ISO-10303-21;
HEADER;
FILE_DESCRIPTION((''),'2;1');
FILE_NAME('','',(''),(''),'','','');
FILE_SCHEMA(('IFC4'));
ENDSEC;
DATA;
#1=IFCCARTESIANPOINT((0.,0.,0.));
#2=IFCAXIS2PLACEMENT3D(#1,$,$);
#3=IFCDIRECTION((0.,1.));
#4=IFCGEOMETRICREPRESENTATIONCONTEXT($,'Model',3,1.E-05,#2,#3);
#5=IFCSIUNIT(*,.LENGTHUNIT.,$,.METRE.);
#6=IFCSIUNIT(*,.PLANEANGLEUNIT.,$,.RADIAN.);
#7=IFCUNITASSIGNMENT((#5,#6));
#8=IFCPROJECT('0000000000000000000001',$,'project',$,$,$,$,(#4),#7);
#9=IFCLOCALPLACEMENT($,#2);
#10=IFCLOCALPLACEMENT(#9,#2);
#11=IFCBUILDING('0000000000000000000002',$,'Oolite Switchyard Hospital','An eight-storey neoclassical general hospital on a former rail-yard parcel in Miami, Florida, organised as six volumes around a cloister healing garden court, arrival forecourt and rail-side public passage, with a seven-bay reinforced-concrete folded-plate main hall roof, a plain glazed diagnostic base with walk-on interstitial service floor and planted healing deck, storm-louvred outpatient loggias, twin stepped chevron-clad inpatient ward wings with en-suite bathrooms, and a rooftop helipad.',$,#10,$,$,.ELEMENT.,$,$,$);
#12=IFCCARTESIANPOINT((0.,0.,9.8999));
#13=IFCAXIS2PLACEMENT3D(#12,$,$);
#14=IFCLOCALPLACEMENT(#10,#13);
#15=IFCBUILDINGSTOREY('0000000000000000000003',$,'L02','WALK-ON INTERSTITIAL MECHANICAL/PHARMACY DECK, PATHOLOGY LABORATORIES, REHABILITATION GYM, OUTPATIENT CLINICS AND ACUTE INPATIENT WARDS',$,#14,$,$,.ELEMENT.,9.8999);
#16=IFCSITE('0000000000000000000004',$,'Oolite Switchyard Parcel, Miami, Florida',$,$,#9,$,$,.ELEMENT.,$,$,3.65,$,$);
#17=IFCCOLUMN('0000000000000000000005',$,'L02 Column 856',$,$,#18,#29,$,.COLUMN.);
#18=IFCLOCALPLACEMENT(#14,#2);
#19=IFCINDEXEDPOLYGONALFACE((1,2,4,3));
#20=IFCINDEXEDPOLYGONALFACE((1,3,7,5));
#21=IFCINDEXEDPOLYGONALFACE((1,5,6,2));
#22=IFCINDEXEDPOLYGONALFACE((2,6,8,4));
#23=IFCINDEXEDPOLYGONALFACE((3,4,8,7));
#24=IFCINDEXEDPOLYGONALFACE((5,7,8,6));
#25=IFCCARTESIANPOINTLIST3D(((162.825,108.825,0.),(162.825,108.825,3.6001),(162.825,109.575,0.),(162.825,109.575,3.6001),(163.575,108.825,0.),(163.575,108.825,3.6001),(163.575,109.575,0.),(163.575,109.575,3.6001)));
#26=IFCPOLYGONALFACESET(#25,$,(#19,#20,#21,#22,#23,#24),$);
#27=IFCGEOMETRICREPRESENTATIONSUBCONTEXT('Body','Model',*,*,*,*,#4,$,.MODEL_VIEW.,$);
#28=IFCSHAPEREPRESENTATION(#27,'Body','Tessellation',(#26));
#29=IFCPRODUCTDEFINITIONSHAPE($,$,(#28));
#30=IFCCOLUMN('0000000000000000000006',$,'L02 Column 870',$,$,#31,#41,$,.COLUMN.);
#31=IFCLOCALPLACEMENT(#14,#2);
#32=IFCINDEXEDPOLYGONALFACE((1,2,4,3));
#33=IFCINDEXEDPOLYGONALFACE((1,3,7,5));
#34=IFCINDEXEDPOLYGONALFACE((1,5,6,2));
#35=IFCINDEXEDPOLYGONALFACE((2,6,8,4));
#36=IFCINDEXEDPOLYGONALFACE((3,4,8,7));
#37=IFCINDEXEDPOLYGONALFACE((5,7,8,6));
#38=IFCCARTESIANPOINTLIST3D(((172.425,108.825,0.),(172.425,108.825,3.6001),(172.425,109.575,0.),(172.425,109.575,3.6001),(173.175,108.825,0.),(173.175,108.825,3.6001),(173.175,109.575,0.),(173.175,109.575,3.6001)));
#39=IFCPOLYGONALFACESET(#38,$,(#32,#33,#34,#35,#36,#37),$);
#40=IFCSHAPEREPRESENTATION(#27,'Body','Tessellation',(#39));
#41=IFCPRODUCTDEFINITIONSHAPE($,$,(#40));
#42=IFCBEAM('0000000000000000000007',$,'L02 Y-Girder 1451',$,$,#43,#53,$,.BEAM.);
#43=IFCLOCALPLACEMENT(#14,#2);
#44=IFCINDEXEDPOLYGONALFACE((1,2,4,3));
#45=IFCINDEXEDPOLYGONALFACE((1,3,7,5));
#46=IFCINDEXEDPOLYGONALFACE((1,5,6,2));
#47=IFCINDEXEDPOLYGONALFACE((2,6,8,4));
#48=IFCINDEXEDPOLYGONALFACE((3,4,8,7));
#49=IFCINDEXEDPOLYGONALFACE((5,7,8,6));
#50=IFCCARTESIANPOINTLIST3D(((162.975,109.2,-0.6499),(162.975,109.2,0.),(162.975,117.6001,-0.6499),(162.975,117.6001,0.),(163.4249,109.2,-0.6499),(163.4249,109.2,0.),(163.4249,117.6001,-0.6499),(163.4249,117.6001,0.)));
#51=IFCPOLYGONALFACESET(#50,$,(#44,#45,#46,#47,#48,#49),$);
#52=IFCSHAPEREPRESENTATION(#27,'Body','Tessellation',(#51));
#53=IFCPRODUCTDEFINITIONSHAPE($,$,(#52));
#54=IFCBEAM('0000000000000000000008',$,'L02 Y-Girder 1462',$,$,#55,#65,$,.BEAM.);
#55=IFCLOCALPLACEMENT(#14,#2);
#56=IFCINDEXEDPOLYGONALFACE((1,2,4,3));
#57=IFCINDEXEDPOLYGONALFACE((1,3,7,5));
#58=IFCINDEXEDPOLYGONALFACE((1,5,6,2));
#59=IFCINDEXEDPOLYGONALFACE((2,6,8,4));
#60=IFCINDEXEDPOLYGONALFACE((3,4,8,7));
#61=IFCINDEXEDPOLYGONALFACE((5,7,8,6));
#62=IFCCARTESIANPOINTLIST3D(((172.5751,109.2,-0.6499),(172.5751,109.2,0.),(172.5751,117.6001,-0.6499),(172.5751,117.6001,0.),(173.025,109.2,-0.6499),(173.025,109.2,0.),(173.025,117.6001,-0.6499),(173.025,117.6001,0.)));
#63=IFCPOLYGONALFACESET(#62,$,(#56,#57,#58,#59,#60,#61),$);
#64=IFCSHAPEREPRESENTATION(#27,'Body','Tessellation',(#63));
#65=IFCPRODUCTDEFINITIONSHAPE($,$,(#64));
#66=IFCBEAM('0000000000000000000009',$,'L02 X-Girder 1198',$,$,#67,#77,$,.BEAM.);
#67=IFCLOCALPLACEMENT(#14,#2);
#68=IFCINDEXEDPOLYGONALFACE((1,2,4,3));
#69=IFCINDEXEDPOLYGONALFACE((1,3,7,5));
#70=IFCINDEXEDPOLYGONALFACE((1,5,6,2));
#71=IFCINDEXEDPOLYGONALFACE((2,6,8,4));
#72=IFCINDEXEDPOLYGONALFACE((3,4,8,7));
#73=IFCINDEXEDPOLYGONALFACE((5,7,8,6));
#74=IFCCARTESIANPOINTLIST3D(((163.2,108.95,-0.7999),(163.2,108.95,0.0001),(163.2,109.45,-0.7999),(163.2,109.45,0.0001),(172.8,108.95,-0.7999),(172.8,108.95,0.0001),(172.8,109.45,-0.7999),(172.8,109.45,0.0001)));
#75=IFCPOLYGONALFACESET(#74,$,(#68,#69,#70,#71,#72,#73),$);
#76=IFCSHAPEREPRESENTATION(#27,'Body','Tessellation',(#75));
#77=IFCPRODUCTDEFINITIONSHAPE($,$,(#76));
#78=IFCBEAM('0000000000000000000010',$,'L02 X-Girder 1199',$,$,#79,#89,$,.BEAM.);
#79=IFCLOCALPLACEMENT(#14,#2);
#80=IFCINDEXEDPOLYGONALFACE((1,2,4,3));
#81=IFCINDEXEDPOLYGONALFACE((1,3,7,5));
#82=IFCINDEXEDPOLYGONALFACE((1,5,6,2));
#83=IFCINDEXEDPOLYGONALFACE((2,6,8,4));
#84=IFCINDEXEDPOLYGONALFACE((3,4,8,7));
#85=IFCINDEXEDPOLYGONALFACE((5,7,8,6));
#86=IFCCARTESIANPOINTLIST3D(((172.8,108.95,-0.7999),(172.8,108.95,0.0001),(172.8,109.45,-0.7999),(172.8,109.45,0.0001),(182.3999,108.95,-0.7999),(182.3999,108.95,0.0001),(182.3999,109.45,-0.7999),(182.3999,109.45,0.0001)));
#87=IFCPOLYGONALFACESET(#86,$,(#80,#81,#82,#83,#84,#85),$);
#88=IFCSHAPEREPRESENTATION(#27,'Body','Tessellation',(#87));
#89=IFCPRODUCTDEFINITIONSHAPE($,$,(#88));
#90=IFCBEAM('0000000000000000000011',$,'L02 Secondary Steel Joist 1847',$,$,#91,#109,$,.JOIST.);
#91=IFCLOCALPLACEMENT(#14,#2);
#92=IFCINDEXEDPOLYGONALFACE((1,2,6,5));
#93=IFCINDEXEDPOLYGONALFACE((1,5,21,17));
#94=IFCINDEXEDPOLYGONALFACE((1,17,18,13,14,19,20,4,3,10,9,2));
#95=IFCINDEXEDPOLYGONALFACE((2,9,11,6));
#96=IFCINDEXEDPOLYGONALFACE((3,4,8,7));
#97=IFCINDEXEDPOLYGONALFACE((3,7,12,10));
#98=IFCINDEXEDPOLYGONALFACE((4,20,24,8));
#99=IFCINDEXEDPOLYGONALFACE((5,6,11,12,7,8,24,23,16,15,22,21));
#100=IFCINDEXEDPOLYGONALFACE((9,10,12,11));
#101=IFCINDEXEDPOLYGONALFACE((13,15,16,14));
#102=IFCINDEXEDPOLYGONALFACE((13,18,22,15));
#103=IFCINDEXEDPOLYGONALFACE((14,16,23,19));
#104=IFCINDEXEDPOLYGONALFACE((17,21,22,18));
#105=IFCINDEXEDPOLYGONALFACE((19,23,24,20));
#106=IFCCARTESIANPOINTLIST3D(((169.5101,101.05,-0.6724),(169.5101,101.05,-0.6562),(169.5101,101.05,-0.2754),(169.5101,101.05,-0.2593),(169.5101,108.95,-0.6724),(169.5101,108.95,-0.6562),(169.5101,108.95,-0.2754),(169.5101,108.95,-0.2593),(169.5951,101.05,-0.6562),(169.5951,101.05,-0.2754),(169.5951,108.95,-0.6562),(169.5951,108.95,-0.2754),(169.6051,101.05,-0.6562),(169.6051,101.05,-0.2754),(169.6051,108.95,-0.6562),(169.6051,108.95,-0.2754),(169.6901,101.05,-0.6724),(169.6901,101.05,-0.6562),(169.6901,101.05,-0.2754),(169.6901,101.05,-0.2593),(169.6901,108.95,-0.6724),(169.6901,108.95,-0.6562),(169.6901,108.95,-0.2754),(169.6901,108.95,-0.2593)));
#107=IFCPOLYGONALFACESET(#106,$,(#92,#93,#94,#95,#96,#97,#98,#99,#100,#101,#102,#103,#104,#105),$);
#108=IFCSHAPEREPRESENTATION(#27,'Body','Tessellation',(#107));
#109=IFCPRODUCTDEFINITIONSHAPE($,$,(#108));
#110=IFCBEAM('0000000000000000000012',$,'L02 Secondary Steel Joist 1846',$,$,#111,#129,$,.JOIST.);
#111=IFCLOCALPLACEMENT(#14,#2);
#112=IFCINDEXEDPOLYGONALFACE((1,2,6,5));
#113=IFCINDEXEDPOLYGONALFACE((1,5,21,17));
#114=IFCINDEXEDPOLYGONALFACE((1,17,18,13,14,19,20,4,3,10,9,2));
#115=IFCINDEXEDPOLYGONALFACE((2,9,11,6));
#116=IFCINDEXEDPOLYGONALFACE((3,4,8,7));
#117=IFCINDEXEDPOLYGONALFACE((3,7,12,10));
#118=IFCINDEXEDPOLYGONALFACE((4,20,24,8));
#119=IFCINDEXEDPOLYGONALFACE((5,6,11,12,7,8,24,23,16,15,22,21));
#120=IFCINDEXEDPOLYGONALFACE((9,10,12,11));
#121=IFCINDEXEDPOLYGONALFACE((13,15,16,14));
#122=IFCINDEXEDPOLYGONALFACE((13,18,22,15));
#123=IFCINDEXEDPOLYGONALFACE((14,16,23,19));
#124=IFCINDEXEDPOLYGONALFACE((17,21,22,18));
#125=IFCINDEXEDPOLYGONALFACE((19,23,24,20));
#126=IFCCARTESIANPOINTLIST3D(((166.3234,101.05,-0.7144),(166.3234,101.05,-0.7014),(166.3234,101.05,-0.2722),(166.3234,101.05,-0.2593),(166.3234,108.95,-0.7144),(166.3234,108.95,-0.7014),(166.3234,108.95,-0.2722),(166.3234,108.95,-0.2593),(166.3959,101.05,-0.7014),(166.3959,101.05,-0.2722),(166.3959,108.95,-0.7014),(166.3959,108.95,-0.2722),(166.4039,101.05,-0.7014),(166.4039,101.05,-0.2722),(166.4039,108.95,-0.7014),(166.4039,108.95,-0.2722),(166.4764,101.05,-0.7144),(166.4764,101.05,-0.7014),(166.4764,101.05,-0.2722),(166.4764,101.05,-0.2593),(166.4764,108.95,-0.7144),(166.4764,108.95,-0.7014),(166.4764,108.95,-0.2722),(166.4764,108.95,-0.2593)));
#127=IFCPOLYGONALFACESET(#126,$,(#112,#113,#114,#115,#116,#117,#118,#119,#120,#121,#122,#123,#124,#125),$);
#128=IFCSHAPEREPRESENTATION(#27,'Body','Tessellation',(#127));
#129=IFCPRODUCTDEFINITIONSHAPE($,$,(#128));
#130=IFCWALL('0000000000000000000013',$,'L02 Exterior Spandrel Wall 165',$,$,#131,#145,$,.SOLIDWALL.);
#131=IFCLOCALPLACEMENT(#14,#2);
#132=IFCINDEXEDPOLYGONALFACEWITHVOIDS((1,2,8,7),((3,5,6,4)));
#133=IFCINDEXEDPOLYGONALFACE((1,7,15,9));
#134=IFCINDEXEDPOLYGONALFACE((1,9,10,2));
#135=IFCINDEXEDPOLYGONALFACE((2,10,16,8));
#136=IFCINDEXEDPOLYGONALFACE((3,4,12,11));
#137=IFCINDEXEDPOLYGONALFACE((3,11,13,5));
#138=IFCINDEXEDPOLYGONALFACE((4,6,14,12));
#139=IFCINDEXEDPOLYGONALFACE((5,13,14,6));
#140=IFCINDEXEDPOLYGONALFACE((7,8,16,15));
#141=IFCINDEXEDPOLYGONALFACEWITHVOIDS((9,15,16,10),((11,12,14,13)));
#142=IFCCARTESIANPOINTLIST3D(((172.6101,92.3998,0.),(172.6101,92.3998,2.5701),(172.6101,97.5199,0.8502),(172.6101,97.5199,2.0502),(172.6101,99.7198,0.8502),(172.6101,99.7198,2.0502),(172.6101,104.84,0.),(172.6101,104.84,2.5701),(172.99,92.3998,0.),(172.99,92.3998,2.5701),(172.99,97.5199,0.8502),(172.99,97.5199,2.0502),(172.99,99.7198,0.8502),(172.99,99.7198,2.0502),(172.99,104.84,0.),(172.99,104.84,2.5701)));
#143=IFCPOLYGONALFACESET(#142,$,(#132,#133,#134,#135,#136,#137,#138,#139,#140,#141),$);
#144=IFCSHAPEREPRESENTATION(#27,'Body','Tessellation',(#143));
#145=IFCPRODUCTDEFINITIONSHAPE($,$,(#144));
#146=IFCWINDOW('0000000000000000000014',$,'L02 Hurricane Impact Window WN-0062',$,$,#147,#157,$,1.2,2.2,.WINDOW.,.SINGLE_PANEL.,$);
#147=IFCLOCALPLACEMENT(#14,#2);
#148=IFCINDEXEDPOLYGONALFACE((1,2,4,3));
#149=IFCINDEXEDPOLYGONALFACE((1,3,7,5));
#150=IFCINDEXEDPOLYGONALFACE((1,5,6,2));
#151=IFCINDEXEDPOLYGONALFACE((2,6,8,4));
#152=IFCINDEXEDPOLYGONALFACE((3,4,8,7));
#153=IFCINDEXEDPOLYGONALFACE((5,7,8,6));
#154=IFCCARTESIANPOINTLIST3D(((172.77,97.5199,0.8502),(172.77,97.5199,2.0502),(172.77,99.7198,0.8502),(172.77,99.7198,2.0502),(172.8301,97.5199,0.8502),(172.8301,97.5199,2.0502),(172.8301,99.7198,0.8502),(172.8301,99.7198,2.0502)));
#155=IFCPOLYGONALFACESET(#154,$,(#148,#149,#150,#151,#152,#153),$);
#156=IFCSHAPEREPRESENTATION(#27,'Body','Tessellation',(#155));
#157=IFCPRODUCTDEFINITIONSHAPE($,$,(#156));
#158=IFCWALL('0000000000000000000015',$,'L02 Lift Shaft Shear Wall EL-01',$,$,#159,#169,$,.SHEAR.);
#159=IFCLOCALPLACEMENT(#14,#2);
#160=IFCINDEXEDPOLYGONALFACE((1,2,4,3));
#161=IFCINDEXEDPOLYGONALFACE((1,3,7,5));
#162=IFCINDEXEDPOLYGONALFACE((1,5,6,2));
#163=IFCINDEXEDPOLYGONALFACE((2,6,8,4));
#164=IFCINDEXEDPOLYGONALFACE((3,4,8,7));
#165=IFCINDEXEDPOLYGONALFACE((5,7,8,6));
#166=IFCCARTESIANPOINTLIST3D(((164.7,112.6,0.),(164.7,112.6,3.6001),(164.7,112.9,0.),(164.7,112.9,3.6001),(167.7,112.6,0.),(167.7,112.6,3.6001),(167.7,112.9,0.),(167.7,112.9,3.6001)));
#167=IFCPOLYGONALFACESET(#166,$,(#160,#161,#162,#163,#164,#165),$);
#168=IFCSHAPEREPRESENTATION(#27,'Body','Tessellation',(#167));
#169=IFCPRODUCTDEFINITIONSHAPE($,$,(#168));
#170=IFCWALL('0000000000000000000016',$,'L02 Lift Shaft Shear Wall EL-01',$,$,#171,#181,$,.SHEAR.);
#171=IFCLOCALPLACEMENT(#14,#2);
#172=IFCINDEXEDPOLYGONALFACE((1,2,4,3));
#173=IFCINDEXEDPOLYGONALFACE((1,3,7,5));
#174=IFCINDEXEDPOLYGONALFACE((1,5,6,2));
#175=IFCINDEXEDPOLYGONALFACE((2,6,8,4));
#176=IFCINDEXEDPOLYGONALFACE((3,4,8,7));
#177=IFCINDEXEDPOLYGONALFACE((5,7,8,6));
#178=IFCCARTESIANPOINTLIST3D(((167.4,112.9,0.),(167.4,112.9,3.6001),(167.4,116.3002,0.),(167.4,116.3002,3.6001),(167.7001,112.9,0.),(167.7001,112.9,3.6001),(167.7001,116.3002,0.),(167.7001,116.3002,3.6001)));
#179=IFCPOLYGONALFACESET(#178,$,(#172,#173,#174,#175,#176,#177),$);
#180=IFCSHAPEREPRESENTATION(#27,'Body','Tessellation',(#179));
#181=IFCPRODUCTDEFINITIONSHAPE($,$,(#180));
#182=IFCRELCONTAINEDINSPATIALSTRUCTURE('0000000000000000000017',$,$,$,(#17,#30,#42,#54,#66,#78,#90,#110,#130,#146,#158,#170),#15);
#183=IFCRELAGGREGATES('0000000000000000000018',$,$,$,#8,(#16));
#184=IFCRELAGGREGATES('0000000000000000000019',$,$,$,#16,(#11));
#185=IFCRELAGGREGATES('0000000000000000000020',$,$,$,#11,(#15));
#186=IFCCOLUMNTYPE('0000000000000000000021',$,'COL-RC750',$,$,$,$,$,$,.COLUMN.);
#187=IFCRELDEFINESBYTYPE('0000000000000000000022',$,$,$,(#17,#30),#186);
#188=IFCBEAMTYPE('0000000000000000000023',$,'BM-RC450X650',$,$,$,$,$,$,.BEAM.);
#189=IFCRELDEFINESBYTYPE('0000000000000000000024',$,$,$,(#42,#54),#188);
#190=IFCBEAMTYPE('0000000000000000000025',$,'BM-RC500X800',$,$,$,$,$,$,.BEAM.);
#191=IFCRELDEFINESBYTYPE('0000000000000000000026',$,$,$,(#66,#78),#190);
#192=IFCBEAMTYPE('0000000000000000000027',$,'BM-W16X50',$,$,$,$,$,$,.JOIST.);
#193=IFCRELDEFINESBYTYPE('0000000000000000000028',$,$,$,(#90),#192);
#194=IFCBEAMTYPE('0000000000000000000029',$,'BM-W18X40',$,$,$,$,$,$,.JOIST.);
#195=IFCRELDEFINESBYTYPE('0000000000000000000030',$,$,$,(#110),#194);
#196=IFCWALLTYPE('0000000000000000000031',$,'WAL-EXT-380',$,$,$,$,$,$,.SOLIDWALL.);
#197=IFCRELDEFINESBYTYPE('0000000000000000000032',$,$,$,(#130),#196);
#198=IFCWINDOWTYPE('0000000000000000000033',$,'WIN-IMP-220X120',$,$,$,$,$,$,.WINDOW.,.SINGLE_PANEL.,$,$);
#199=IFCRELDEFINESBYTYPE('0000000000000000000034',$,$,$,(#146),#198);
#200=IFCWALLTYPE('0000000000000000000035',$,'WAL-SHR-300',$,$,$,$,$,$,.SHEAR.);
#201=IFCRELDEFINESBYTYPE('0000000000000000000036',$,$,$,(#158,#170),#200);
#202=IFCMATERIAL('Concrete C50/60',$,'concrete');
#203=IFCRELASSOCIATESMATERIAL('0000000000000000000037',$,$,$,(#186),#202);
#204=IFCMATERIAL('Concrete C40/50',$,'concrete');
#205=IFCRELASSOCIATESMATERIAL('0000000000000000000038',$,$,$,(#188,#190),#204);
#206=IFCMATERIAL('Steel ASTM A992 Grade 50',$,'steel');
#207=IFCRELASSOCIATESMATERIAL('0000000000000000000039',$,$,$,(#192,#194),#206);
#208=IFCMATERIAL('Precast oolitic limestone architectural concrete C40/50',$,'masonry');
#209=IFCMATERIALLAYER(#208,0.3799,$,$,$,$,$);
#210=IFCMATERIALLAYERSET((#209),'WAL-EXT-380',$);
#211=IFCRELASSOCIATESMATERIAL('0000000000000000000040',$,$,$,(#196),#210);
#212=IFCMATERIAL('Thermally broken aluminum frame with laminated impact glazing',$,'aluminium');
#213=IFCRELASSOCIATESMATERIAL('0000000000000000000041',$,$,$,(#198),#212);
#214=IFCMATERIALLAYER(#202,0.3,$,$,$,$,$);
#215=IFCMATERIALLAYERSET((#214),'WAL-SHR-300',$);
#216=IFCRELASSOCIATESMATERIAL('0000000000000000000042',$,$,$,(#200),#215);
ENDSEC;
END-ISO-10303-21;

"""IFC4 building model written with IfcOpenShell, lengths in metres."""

from ifc_helpers import new_model, si_unit, direction, frame, frame_2d, origin, origin_2d, place, context, subcontext, project, spatial, rectangle, i_section, extrude, material, layer, layer_set, material_profile, profile_set, type_object, element, fill, save


model = new_model("IFC4")

# Units and contexts
model_context = context("Model", 3, precision=1e-05, world=origin(), true_north=direction((0.0, 1.0)))
body_context = subcontext(model_context, "Body", "Model", "MODEL_VIEW")
ifc_project = project(units=[si_unit("LENGTHUNIT", "METRE"), si_unit("PLANEANGLEUNIT", "RADIAN")], contexts=[model_context])

# Site, building, storey
site_placement = place(None, origin())
site = spatial("IfcSite", under=ifc_project, at=site_placement, Name="Oolite Switchyard Parcel, Miami, Florida", CompositionType="ELEMENT", RefElevation=3.65)
building_placement = place(site_placement, origin())
building = spatial("IfcBuilding", under=site, at=building_placement, Name="Oolite Switchyard Hospital", Description="An eight-storey neoclassical general hospital on a former rail-yard parcel in Miami, Florida, organised as six volumes around a cloister healing garden court, arrival forecourt and rail-side public passage, with a seven-bay reinforced-concrete folded-plate main hall roof, a plain glazed diagnostic base with walk-on interstitial service floor and planted healing deck, storm-louvred outpatient loggias, twin stepped chevron-clad inpatient ward wings with en-suite bathrooms, and a rooftop helipad.", CompositionType="ELEMENT")
storey_placement = place(building_placement, frame((0.0, 0.0, 9.8999)))
storey = spatial("IfcBuildingStorey", under=building, at=storey_placement, Name="L02", Description="WALK-ON INTERSTITIAL MECHANICAL/PHARMACY DECK, PATHOLOGY LABORATORIES, REHABILITATION GYM, OUTPATIENT CLINICS AND ACUTE INPATIENT WARDS", CompositionType="ELEMENT", Elevation=9.8999)

# Columns
ifc_material_1 = material(Name="Concrete C50/60", Category="concrete")
ifc_material_profile_1 = material_profile(ifc_material_1, rectangle(XDim=0.75, YDim=0.75, at=origin_2d()), Name="RC750X750")
ifc_profile_set_1 = profile_set([ifc_material_profile_1], Name="Concrete C50/60")
column_type = type_object("IfcColumnType", Name="COL-RC750", PredefinedType="COLUMN", material=ifc_profile_set_1)
for number, where, z_axis, x_axis, name in (
    (1, (163.2, 109.2, 0.0), (0.0, 0.0, 1.0), (1.0, 0.0, 0.0), "L02 Column 856"),
    (2, (172.8, 109.2, 0.0), (0.0, 0.0, 1.0), (1.0, 0.0, 0.0), "L02 Column 870"),
):
    element("IfcColumn", number, at=place(storey_placement, frame(where, z_axis=z_axis, x_axis=x_axis)), inside=storey, type_object=column_type, Name=name, PredefinedType="COLUMN", context=body_context, shape_type="SweptSolid", body=[
        extrude(rectangle(XDim=0.75, YDim=0.75, at=origin_2d()), origin(), (0.0, 0.0, 1.0), 3.6001),
    ])

# Beams
ifc_material_2 = material(Name="Concrete C40/50", Category="concrete")
ifc_material_profile_2 = material_profile(ifc_material_2, rectangle(XDim=0.45, YDim=0.6499, at=origin_2d()), Name="RCB450X650")
ifc_profile_set_2 = profile_set([ifc_material_profile_2], Name="Concrete C40/50")
beam_type_1 = type_object("IfcBeamType", Name="BM-RC450X650", PredefinedType="BEAM", material=ifc_profile_set_2)
for number, where, z_axis, x_axis, name in (
    (3, (163.2, 109.2, -0.325), (0.0, 1.0, 0.0), (-1.0, 0.0, 0.0), "L02 Y-Girder 1451"),
    (4, (172.8, 109.2, -0.325), (0.0, 1.0, 0.0), (-1.0, 0.0, 0.0), "L02 Y-Girder 1462"),
):
    element("IfcBeam", number, at=place(storey_placement, frame(where, z_axis=z_axis, x_axis=x_axis)), inside=storey, type_object=beam_type_1, Name=name, PredefinedType="BEAM", context=body_context, shape_type="SweptSolid", body=[
        extrude(rectangle(XDim=0.45, YDim=0.6499, at=origin_2d()), origin(), (0.0, 0.0, 1.0), 8.4001),
    ])
ifc_material_profile_3 = material_profile(ifc_material_2, rectangle(XDim=0.5, YDim=0.8, at=origin_2d()), Name="RCB500X800")
ifc_profile_set_3 = profile_set([ifc_material_profile_3], Name="Concrete C40/50")
beam_type_2 = type_object("IfcBeamType", Name="BM-RC500X800", PredefinedType="BEAM", material=ifc_profile_set_3)
beam_1_placement = place(storey_placement, frame((163.2, 109.2, -0.3999), z_axis=(1.0, 0.0, 0.0), x_axis=(0.0, 1.0, 0.0)))
element("IfcBeam", 5, at=beam_1_placement, inside=storey, type_object=beam_type_2, Name="L02 X-Girder 1198", PredefinedType="BEAM", context=body_context, shape_type="SweptSolid", body=[
    extrude(rectangle(XDim=0.5, YDim=0.8, at=origin_2d()), origin(), (0.0, 0.0, 1.0), 9.6001),
])
beam_2_placement = place(storey_placement, frame((172.8, 109.2, -0.3999), z_axis=(1.0, 0.0, 0.0), x_axis=(0.0, 1.0, 0.0)))
element("IfcBeam", 6, at=beam_2_placement, inside=storey, type_object=beam_type_2, Name="L02 X-Girder 1199", PredefinedType="BEAM", context=body_context, shape_type="SweptSolid", body=[
    extrude(rectangle(XDim=0.5, YDim=0.8, at=origin_2d()), origin(), (0.0, 0.0, 1.0), 9.5999),
])
ifc_material_3 = material(Name="Steel ASTM A992 Grade 50", Category="steel")
ifc_material_profile_4 = material_profile(ifc_material_3, i_section(OverallWidth=0.1799, OverallDepth=0.4131, WebThickness=0.01, FlangeThickness=0.0161, at=origin_2d()), Name="W16X50")
ifc_profile_set_4 = profile_set([ifc_material_profile_4], Name="Steel ASTM A992 Grade 50")
beam_type_3 = type_object("IfcBeamType", Name="BM-W16X50", PredefinedType="JOIST", material=ifc_profile_set_4)
beam_3_placement = place(storey_placement, frame((169.6001, 101.05, -0.4658), z_axis=(0.0, 1.0, 0.0), x_axis=(-1.0, 0.0, 0.0)))
element("IfcBeam", 7, at=beam_3_placement, inside=storey, type_object=beam_type_3, Name="L02 Secondary Steel Joist 1847", PredefinedType="JOIST", context=body_context, shape_type="SweptSolid", body=[
    extrude(i_section(OverallWidth=0.1799, OverallDepth=0.4131, WebThickness=0.01, FlangeThickness=0.0161, at=origin_2d()), origin(), (0.0, 0.0, 1.0), 7.8999),
])
ifc_material_profile_5 = material_profile(ifc_material_3, i_section(OverallWidth=0.1531, OverallDepth=0.4551, WebThickness=0.0081, FlangeThickness=0.0129, at=origin_2d()), Name="W18X40")
ifc_profile_set_5 = profile_set([ifc_material_profile_5], Name="Steel ASTM A992 Grade 50")
beam_type_4 = type_object("IfcBeamType", Name="BM-W18X40", PredefinedType="JOIST", material=ifc_profile_set_5)
beam_4_placement = place(storey_placement, frame((166.3999, 101.05, -0.4868), z_axis=(0.0, 1.0, 0.0), x_axis=(-1.0, 0.0, 0.0)))
element("IfcBeam", 8, at=beam_4_placement, inside=storey, type_object=beam_type_4, Name="L02 Secondary Steel Joist 1846", PredefinedType="JOIST", context=body_context, shape_type="SweptSolid", body=[
    extrude(i_section(OverallWidth=0.1531, OverallDepth=0.4551, WebThickness=0.0081, FlangeThickness=0.0129, at=origin_2d()), origin(), (0.0, 0.0, 1.0), 7.8999),
])

# Wall, opening, window
ifc_material_4 = material(Name="Precast oolitic limestone architectural concrete C40/50", Category="masonry")
ifc_layer_1 = layer(ifc_material_4, 0.3799)
ifc_layer_set_1 = layer_set([ifc_layer_1], Name="WAL-EXT-380")
wall_type_1 = type_object("IfcWallType", Name="WAL-EXT-380", PredefinedType="SOLIDWALL", material=ifc_layer_set_1)
wall_1_placement = place(storey_placement, frame((172.8, 104.8401, 0.0), z_axis=(0.0, 0.0, 1.0), x_axis=(0.0, -1.0, 0.0)))
wall_1 = element("IfcWall", 9, at=wall_1_placement, inside=storey, type_object=wall_type_1, Name="L02 Exterior Spandrel Wall 165", PredefinedType="SOLIDWALL", context=body_context, shape_type="SweptSolid", body=[
    extrude(rectangle(XDim=12.4402, YDim=0.3799, at=frame_2d((6.2202, 0.0))), origin(), (0.0, 0.0, 1.0), 2.5701),
])
opening_placement = place(wall_1_placement, frame((5.1201, 0.0, 0.8501)))
opening = element("IfcOpeningElement", 10, at=opening_placement, cuts=wall_1, PredefinedType="OPENING", context=body_context, shape_type="SweptSolid", body=[
    extrude(rectangle(XDim=2.2, YDim=1.2, at=frame_2d((1.1001, 0.6001))), frame((0.0, 0.2, 0.0), z_axis=(0.0, -1.0, 0.0), x_axis=(1.0, 0.0, 0.0)), (0.0, 0.0, 1.0), 0.3999),
])
ifc_material_5 = material(Name="Thermally broken aluminum frame with laminated impact glazing", Category="aluminium")
window_type = type_object("IfcWindowType", Name="WIN-IMP-220X120", PartitioningType="SINGLE_PANEL", PredefinedType="WINDOW", material=ifc_material_5)
window_placement = place(opening_placement, origin())
window = element("IfcWindow", 11, at=window_placement, inside=storey, type_object=window_type, Name="L02 Hurricane Impact Window WN-0062", OverallHeight=1.2, OverallWidth=2.2, PartitioningType="SINGLE_PANEL", PredefinedType="WINDOW", context=body_context, shape_type="SweptSolid", body=[
    extrude(rectangle(XDim=2.2, YDim=1.2, at=frame_2d((1.1001, 0.6001))), frame((0.0, 0.03, 0.0), z_axis=(0.0, -1.0, 0.0), x_axis=(1.0, 0.0, 0.0)), (0.0, 0.0, 1.0), 0.0601),
])
fill(opening, window)

# Walls
ifc_layer_2 = layer(ifc_material_1, 0.3)
ifc_layer_set_2 = layer_set([ifc_layer_2], Name="WAL-SHR-300")
wall_type_2 = type_object("IfcWallType", Name="WAL-SHR-300", PredefinedType="SHEAR", material=ifc_layer_set_2)
wall_2_placement = place(storey_placement, frame((164.7, 112.75, 0.0), z_axis=(0.0, 0.0, 1.0), x_axis=(1.0, 0.0, 0.0)))
element("IfcWall", 12, at=wall_2_placement, inside=storey, type_object=wall_type_2, Name="L02 Lift Shaft Shear Wall EL-01", PredefinedType="SHEAR", context=body_context, shape_type="SweptSolid", body=[
    extrude(rectangle(XDim=3.0, YDim=0.3, at=frame_2d((1.5, 0.0))), origin(), (0.0, 0.0, 1.0), 3.6001),
])
wall_3_placement = place(storey_placement, frame((167.55, 112.8999, 0.0), z_axis=(0.0, 0.0, 1.0), x_axis=(0.0, 1.0, 0.0)))
element("IfcWall", 13, at=wall_3_placement, inside=storey, type_object=wall_type_2, Name="L02 Lift Shaft Shear Wall EL-01", PredefinedType="SHEAR", context=body_context, shape_type="SweptSolid", body=[
    extrude(rectangle(XDim=3.4001, YDim=0.3, at=frame_2d((1.7002, 0.0))), origin(), (0.0, 0.0, 1.0), 3.6001),
])

save(model, "model.ifc")
